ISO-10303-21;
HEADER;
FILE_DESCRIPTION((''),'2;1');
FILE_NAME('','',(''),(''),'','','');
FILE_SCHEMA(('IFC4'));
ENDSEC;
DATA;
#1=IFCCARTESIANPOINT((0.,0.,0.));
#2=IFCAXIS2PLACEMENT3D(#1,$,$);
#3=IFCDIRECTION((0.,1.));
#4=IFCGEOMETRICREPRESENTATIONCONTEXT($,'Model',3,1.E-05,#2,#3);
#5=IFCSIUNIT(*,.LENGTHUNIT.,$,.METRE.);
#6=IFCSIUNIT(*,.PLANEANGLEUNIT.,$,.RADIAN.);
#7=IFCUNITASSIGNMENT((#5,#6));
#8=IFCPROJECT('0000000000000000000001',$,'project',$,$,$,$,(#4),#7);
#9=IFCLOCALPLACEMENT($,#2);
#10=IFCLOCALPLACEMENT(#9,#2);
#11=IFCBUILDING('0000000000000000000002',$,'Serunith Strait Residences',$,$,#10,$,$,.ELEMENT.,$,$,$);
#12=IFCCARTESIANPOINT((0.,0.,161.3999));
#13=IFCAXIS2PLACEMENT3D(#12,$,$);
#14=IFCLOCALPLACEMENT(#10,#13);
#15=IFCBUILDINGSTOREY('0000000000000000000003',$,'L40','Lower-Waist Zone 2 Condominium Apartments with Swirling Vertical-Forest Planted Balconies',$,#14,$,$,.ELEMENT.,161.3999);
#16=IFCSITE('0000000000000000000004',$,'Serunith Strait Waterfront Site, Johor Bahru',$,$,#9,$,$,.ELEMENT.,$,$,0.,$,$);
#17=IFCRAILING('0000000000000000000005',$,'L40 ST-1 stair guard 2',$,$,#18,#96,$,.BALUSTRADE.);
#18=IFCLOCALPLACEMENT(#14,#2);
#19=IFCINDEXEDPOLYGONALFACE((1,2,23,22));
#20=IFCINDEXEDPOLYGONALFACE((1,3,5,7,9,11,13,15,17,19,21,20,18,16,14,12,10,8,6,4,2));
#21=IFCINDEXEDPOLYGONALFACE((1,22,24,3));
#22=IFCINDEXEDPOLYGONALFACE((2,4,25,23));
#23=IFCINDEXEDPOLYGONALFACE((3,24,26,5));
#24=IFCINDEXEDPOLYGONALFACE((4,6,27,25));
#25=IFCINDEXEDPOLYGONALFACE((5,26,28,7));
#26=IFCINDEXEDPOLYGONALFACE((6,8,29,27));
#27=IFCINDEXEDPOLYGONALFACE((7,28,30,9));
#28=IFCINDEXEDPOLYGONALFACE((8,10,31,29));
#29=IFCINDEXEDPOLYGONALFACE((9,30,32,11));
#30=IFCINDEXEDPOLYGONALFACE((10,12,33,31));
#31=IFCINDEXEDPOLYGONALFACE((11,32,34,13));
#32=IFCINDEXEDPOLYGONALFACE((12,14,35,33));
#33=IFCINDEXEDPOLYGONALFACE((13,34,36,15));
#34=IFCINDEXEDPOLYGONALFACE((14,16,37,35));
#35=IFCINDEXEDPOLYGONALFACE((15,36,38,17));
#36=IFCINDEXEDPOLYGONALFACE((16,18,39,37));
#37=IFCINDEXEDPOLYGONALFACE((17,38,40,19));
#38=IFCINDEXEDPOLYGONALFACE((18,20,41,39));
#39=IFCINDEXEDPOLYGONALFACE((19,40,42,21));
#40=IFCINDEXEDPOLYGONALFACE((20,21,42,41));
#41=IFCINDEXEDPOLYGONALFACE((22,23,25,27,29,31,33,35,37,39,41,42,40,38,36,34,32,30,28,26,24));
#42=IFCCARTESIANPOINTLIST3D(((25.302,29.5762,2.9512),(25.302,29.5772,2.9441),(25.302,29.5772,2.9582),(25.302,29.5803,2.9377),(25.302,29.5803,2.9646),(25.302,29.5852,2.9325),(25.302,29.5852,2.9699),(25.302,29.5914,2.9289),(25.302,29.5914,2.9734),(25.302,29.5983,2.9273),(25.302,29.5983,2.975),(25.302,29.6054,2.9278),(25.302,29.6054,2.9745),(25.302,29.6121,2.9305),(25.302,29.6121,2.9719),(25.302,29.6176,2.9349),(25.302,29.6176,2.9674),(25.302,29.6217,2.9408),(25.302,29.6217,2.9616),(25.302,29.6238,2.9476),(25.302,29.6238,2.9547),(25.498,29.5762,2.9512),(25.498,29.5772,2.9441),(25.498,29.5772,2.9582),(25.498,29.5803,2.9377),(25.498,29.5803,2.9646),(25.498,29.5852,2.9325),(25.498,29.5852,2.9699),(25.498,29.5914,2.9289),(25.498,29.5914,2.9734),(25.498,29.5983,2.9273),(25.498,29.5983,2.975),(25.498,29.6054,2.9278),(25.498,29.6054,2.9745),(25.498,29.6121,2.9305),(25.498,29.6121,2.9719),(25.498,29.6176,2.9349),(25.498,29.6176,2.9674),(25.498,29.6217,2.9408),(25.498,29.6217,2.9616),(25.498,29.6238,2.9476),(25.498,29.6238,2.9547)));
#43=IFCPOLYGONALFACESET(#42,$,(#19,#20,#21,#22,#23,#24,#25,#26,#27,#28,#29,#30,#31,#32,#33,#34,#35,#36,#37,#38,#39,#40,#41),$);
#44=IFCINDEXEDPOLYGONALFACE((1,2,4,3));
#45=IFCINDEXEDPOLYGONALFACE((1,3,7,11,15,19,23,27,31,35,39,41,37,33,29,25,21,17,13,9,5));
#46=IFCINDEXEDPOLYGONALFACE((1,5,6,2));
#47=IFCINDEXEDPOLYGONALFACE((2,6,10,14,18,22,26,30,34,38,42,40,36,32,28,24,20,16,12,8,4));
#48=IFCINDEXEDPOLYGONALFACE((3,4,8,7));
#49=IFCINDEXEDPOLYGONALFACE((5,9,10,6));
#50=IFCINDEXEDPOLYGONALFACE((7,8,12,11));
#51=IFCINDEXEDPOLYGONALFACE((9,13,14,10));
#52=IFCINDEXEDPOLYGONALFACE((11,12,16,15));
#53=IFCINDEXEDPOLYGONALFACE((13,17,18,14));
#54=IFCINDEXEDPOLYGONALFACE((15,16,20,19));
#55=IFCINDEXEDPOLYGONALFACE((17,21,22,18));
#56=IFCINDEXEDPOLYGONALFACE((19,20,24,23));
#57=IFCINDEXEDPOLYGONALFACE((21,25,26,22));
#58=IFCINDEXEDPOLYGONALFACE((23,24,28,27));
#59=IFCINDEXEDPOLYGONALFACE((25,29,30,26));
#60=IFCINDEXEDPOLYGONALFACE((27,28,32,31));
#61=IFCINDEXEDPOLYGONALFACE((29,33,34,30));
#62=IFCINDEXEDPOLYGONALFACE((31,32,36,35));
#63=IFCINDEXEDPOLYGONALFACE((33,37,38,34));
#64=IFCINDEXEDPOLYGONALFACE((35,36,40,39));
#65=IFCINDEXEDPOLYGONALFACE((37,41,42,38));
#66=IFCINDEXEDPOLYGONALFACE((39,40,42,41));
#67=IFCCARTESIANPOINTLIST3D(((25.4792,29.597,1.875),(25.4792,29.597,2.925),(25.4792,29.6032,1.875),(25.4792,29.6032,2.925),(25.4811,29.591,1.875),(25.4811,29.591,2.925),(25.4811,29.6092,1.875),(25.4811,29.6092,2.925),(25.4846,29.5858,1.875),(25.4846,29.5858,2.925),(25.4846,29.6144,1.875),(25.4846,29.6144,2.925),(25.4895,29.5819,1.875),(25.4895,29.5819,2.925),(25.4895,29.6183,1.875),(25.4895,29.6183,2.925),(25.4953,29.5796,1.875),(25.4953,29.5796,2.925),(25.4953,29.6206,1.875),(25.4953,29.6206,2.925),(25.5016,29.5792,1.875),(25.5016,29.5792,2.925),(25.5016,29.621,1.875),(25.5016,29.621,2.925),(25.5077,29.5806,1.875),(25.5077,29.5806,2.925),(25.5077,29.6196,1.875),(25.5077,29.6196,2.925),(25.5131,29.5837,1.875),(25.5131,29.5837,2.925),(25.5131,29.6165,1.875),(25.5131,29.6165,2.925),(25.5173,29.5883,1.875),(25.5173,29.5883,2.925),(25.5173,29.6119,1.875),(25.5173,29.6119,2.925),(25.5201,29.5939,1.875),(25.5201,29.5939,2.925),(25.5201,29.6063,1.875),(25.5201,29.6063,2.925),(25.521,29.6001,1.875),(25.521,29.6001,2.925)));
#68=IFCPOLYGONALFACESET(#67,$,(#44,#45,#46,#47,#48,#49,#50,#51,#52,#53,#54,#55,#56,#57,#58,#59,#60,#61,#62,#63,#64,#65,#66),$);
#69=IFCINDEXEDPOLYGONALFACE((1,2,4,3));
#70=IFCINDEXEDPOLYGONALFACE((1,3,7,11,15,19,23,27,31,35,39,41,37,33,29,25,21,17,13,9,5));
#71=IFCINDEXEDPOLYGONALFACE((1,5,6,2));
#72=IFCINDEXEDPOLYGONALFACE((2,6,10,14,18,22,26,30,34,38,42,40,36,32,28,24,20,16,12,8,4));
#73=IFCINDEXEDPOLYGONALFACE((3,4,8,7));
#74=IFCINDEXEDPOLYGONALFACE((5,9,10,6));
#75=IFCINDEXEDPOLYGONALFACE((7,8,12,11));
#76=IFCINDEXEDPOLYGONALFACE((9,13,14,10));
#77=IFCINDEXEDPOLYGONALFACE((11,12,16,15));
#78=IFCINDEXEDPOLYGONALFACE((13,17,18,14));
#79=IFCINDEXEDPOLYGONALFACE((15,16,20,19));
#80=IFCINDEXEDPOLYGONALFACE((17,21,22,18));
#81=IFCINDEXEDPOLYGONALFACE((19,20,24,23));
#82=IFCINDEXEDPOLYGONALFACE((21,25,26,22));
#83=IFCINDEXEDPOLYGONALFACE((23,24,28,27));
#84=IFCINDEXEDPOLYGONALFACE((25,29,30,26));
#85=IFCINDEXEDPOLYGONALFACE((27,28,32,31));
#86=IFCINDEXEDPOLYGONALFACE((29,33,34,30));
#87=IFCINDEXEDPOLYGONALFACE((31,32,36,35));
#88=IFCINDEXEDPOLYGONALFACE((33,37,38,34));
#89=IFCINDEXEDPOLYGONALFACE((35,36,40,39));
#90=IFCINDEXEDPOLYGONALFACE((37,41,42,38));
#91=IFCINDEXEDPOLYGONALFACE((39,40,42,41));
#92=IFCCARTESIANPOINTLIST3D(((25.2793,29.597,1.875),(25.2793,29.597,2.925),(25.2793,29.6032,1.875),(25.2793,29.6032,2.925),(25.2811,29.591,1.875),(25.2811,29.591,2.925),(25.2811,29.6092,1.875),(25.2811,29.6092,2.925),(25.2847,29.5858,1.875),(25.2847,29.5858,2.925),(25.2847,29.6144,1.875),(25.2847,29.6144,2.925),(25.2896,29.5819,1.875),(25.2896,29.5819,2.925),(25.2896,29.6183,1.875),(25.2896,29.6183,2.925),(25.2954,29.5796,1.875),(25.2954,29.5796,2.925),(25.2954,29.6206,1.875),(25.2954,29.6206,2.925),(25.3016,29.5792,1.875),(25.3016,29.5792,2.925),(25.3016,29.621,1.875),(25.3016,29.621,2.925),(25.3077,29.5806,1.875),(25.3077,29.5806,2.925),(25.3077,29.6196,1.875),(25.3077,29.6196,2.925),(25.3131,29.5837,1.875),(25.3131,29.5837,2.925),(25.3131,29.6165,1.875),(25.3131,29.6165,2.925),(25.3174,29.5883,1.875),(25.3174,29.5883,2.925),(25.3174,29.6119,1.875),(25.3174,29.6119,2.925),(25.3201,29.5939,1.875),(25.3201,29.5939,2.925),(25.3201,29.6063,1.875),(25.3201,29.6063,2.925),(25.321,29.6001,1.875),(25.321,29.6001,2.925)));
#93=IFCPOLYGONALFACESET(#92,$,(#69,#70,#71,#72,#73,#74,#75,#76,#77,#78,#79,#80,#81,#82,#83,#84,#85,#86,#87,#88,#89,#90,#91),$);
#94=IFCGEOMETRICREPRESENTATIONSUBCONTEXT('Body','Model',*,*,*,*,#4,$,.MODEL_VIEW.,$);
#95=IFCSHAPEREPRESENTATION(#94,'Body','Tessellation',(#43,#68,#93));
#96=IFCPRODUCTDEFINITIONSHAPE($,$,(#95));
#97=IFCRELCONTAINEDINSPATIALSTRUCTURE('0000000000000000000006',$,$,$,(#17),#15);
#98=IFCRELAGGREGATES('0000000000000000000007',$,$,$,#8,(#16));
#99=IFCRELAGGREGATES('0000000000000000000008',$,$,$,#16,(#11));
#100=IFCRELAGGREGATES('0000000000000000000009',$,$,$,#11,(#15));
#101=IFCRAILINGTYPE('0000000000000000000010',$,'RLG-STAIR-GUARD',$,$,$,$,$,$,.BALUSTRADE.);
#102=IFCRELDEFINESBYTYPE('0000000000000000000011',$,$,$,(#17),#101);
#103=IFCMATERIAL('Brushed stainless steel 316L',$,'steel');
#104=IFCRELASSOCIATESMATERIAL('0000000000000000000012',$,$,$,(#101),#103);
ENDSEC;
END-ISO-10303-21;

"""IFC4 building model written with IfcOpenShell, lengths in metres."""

from ifc_helpers import new_model, si_unit, direction, frame, origin, origin_2d, place, context, subcontext, project, spatial, circle, extrude, material, type_object, element, save


model = new_model("IFC4")

# Units and contexts
model_context = context("Model", 3, precision=1e-05, world=origin(), true_north=direction((0.0, 1.0)))
body_context = subcontext(model_context, "Body", "Model", "MODEL_VIEW")
ifc_project = project(units=[si_unit("LENGTHUNIT", "METRE"), si_unit("PLANEANGLEUNIT", "RADIAN")], contexts=[model_context])

# Site, building, storey
site_placement = place(None, origin())
site = spatial("IfcSite", under=ifc_project, at=site_placement, Name="Serunith Strait Waterfront Site, Johor Bahru", CompositionType="ELEMENT", RefElevation=0.0)
building_placement = place(site_placement, origin())
building = spatial("IfcBuilding", under=site, at=building_placement, Name="Serunith Strait Residences", CompositionType="ELEMENT")
storey_placement = place(building_placement, frame((0.0, 0.0, 161.3999)))
storey = spatial("IfcBuildingStorey", under=building, at=storey_placement, Name="L40", Description="Lower-Waist Zone 2 Condominium Apartments with Swirling Vertical-Forest Planted Balconies", CompositionType="ELEMENT", Elevation=161.3999)

# Railing
ifc_material_1 = material(Name="Brushed stainless steel 316L", Category="steel")
railing_type_1 = type_object("IfcRailingType", Name="RLG-STAIR-GUARD", PredefinedType="BALUSTRADE", material=ifc_material_1)
railing_1_placement = place(storey_placement, frame((25.5, 29.6001, 1.875)))
element("IfcRailing", 1, at=railing_1_placement, inside=storey, type_object=railing_type_1, Name="L40 ST-1 stair guard 2", PredefinedType="BALUSTRADE", context=body_context, shape_type="SweptSolid", body=[
    extrude(circle(Radius=0.0239, at=origin_2d()), frame((-0.002, 0.0, 1.0762), z_axis=(-1.0, 0.0, 0.0), x_axis=(0.0, -1.0, 0.0)), (0.0, 0.0, 1.0), 0.196),
    extrude(circle(Radius=0.021, at=origin_2d()), origin(), (0.0, 0.0, 1.0), 1.05),
    extrude(circle(Radius=0.021, at=origin_2d()), frame((-0.2, 0.0, 0.0)), (0.0, 0.0, 1.0), 1.05),
])

save(model, "model.ifc")
